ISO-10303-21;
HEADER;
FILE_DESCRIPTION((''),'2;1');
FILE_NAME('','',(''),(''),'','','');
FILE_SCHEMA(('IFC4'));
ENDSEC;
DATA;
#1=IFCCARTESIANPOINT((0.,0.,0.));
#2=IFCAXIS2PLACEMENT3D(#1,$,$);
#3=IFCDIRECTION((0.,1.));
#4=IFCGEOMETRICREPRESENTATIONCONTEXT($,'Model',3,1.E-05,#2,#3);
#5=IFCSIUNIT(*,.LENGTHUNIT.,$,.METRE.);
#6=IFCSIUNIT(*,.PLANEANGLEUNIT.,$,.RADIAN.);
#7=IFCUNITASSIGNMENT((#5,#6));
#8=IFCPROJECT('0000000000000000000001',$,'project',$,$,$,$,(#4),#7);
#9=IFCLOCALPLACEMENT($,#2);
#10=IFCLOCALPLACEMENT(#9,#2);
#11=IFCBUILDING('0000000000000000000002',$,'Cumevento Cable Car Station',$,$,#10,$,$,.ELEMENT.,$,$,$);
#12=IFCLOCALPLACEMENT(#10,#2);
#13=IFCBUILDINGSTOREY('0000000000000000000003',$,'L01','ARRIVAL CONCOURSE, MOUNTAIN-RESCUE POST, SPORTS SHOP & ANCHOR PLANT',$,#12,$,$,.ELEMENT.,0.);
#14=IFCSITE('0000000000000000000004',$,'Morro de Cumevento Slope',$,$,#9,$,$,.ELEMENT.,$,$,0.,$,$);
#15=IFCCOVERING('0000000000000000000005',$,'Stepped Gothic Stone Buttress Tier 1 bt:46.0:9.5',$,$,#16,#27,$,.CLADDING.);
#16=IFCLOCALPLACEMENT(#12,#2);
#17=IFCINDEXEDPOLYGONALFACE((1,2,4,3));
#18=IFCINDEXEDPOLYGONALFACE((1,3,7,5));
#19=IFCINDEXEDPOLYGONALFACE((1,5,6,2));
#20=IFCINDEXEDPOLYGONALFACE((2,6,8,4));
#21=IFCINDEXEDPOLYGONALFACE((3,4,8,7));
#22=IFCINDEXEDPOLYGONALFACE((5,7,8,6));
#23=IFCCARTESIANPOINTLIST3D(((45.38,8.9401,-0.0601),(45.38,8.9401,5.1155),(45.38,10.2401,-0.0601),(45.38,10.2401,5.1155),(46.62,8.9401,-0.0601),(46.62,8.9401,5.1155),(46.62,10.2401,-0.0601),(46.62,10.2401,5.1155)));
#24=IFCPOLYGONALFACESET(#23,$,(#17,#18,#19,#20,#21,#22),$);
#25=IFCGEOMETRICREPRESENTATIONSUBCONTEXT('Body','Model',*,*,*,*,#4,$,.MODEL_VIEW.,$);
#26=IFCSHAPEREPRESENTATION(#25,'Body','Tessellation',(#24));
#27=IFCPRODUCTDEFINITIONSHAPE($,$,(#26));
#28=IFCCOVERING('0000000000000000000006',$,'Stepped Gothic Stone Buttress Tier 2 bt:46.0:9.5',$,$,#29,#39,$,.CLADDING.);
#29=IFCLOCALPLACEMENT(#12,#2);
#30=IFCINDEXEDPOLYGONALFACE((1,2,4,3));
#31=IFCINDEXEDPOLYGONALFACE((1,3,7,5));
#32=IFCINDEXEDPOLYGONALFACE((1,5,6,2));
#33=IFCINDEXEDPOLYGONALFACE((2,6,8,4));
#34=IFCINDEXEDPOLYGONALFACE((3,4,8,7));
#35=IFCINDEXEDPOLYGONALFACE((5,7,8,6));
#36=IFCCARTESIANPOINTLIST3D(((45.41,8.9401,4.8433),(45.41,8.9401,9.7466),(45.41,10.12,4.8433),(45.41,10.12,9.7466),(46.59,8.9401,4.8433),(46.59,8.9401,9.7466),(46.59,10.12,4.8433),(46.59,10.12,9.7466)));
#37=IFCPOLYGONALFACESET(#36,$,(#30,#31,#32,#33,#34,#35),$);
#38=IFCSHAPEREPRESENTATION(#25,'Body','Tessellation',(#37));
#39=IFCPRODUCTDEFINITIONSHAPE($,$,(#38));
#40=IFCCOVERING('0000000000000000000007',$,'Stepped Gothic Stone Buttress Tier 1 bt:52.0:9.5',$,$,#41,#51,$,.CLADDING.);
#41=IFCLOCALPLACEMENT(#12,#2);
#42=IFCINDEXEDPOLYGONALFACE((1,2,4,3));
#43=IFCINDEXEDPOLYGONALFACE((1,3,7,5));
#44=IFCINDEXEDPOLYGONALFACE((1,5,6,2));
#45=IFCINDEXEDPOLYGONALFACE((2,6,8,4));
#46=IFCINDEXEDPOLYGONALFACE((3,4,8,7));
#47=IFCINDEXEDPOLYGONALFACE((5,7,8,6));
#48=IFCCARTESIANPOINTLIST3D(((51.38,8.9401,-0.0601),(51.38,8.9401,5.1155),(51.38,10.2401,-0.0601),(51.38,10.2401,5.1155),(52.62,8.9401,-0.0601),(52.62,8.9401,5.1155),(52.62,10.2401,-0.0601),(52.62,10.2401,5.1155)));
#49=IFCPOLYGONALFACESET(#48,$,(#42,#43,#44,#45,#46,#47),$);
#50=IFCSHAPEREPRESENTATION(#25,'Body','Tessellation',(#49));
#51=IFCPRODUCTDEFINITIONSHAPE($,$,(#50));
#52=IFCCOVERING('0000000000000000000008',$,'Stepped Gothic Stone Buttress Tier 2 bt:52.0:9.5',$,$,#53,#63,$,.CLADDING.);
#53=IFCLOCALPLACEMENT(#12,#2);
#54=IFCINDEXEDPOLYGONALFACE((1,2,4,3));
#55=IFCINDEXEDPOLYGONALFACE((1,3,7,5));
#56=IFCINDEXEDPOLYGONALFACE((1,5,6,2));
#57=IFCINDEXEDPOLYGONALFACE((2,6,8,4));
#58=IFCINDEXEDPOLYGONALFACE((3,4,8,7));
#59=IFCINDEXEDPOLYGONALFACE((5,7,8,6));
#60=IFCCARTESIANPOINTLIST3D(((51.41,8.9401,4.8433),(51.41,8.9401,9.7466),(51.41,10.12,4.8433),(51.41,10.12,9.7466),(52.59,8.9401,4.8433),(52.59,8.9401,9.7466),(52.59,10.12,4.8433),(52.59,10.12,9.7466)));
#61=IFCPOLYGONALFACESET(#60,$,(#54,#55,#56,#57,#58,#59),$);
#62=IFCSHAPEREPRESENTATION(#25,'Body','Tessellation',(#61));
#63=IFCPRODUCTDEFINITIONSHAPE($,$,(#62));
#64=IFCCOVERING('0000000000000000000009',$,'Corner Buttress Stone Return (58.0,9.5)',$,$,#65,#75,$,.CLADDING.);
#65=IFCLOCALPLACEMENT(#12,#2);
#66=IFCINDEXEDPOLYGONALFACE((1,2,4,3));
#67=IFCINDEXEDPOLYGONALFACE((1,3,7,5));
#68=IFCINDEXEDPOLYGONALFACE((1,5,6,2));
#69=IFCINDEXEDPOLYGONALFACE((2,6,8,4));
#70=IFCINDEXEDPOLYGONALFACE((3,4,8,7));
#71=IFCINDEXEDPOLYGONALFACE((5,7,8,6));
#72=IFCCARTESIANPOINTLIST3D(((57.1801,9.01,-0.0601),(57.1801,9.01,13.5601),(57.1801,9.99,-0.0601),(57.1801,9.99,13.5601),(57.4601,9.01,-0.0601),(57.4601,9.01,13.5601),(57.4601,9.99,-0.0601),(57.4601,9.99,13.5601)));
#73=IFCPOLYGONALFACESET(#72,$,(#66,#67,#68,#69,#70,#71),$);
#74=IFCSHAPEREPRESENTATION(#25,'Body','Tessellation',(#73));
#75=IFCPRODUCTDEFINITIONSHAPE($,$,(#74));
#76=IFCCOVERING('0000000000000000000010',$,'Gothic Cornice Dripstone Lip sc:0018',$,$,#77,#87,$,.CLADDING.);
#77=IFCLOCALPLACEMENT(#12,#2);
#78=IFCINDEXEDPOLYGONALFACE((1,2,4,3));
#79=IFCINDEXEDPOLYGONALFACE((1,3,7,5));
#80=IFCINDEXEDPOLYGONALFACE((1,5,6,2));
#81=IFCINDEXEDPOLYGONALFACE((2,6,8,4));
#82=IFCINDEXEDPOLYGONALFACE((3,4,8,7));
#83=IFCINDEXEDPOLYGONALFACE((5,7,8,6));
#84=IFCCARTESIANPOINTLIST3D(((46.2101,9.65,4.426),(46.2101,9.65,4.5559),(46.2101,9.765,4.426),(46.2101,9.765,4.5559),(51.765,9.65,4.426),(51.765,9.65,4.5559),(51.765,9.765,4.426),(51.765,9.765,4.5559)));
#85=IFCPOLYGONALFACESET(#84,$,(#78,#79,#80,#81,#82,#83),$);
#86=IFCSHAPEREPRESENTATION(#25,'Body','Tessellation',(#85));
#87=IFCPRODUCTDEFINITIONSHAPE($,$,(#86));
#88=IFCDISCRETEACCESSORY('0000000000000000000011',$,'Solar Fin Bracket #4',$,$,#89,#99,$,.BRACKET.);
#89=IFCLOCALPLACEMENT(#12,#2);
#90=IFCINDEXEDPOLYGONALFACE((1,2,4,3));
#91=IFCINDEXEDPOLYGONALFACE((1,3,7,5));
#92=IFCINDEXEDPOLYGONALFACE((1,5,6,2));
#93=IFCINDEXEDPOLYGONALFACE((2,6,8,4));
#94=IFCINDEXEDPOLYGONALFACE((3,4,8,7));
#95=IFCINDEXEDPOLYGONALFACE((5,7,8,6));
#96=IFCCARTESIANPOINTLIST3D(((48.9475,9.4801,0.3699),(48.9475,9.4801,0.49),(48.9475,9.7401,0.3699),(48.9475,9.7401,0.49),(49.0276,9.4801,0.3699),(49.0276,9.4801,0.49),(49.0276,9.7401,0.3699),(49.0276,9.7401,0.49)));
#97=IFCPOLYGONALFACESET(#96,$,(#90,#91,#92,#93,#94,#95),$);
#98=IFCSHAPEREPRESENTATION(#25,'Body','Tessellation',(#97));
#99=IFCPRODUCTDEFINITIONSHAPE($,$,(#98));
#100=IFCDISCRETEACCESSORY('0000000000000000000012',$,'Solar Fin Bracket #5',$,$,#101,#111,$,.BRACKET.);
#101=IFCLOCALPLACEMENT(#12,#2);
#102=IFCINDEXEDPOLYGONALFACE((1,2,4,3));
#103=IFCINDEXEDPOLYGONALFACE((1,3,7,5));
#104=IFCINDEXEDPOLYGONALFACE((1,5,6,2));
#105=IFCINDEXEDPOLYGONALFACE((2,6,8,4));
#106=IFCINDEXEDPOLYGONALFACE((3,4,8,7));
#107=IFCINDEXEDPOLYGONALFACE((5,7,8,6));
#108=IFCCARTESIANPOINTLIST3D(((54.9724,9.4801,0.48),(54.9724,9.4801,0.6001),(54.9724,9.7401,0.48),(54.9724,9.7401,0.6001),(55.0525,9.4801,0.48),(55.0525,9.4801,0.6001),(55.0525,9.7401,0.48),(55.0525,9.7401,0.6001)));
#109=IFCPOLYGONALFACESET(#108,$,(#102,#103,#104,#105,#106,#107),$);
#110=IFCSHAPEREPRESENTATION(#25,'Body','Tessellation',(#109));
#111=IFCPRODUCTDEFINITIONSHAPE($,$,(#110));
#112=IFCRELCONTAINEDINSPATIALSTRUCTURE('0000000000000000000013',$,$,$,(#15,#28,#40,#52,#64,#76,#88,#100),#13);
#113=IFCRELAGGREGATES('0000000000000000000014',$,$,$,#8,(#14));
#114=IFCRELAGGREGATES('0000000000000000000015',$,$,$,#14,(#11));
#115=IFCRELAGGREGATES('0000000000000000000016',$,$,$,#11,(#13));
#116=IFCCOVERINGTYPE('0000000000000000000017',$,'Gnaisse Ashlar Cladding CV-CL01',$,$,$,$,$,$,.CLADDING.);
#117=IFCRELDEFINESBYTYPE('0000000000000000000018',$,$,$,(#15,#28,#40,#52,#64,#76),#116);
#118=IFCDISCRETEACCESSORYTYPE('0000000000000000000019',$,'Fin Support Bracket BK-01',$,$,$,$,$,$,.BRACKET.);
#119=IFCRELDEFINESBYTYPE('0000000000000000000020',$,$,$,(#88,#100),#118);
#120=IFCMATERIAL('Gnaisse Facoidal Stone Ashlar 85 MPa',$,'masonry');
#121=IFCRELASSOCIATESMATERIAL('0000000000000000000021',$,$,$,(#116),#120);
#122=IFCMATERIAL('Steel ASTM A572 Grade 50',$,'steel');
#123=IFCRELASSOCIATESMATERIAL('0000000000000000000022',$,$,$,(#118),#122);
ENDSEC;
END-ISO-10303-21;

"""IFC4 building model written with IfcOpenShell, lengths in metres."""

from ifc_helpers import new_model, si_unit, direction, frame, origin, origin_2d, place, context, subcontext, project, spatial, rectangle, extrude, material, type_object, element, save


model = new_model("IFC4")

# Units and contexts
model_context = context("Model", 3, precision=1e-05, world=origin(), true_north=direction((0.0, 1.0)))
body_context = subcontext(model_context, "Body", "Model", "MODEL_VIEW")
ifc_project = project(units=[si_unit("LENGTHUNIT", "METRE"), si_unit("PLANEANGLEUNIT", "RADIAN")], contexts=[model_context])

# Site, building, storey
site_placement = place(None, origin())
site = spatial("IfcSite", under=ifc_project, at=site_placement, Name="Morro de Cumevento Slope", CompositionType="ELEMENT", RefElevation=0.0)
building_placement = place(site_placement, origin())
building = spatial("IfcBuilding", under=site, at=building_placement, Name="Cumevento Cable Car Station", CompositionType="ELEMENT")
storey_placement = place(building_placement, origin())
storey = spatial("IfcBuildingStorey", under=building, at=storey_placement, Name="L01", Description="ARRIVAL CONCOURSE, MOUNTAIN-RESCUE POST, SPORTS SHOP & ANCHOR PLANT", CompositionType="ELEMENT", Elevation=0.0)

# Coverings
ifc_material_1 = material(Name="Gnaisse Facoidal Stone Ashlar 85 MPa", Category="masonry")
covering_type = type_object("IfcCoveringType", Name="Gnaisse Ashlar Cladding CV-CL01", PredefinedType="CLADDING", material=ifc_material_1)
covering_1_placement = place(storey_placement, frame((46.0, 9.5901, -0.0601), z_axis=(0.0, 0.0, 1.0), x_axis=(-1.0, 0.0, 0.0)))
element("IfcCovering", 1, at=covering_1_placement, inside=storey, type_object=covering_type, Name="Stepped Gothic Stone Buttress Tier 1 bt:46.0:9.5", PredefinedType="CLADDING", context=body_context, shape_type="SweptSolid", body=[
    extrude(rectangle(XDim=1.24, YDim=1.3, at=origin_2d()), origin(), (0.0, 0.0, 1.0), 5.1755),
])
covering_2_placement = place(storey_placement, frame((46.0, 9.53, 4.8433), z_axis=(0.0, 0.0, 1.0), x_axis=(-1.0, 0.0, 0.0)))
element("IfcCovering", 2, at=covering_2_placement, inside=storey, type_object=covering_type, Name="Stepped Gothic Stone Buttress Tier 2 bt:46.0:9.5", PredefinedType="CLADDING", context=body_context, shape_type="SweptSolid", body=[
    extrude(rectangle(XDim=1.1799, YDim=1.1799, at=origin_2d()), origin(), (0.0, 0.0, 1.0), 4.9033),
])
covering_3_placement = place(storey_placement, frame((52.0, 9.5901, -0.0601), z_axis=(0.0, 0.0, 1.0), x_axis=(-1.0, 0.0, 0.0)))
element("IfcCovering", 3, at=covering_3_placement, inside=storey, type_object=covering_type, Name="Stepped Gothic Stone Buttress Tier 1 bt:52.0:9.5", PredefinedType="CLADDING", context=body_context, shape_type="SweptSolid", body=[
    extrude(rectangle(XDim=1.24, YDim=1.3, at=origin_2d()), origin(), (0.0, 0.0, 1.0), 5.1755),
])
covering_4_placement = place(storey_placement, frame((52.0, 9.53, 4.8433), z_axis=(0.0, 0.0, 1.0), x_axis=(-1.0, 0.0, 0.0)))
element("IfcCovering", 4, at=covering_4_placement, inside=storey, type_object=covering_type, Name="Stepped Gothic Stone Buttress Tier 2 bt:52.0:9.5", PredefinedType="CLADDING", context=body_context, shape_type="SweptSolid", body=[
    extrude(rectangle(XDim=1.1799, YDim=1.1799, at=origin_2d()), origin(), (0.0, 0.0, 1.0), 4.9033),
])
covering_5_placement = place(storey_placement, frame((57.3201, 9.5, -0.0601), z_axis=(0.0, 0.0, 1.0), x_axis=(1.0, 0.0, 0.0)))
element("IfcCovering", 5, at=covering_5_placement, inside=storey, type_object=covering_type, Name="Corner Buttress Stone Return (58.0,9.5)", PredefinedType="CLADDING", context=body_context, shape_type="SweptSolid", body=[
    extrude(rectangle(XDim=0.28, YDim=0.98, at=origin_2d()), origin(), (0.0, 0.0, 1.0), 13.6201),
])
covering_6_placement = place(storey_placement, frame((48.9875, 9.7075, 4.426), z_axis=(0.0, 0.0, 1.0), x_axis=(1.0, 0.0, 0.0)))
element("IfcCovering", 6, at=covering_6_placement, inside=storey, type_object=covering_type, Name="Gothic Cornice Dripstone Lip sc:0018", PredefinedType="CLADDING", context=body_context, shape_type="SweptSolid", body=[
    extrude(rectangle(XDim=5.5549, YDim=0.115, at=origin_2d()), origin(), (0.0, 0.0, 1.0), 0.1299),
])

# Discrete accessories
ifc_material_2 = material(Name="Steel ASTM A572 Grade 50", Category="steel")
discrete_accessory_type = type_object("IfcDiscreteAccessoryType", Name="Fin Support Bracket BK-01", PredefinedType="BRACKET", material=ifc_material_2)
for number, where, z_axis, x_axis, name in (
    (7, (48.9875, 9.6101, 0.3699), (0.0, 0.0, 1.0), (1.0, 0.0, 0.0), "Solar Fin Bracket #4"),
    (8, (55.0125, 9.6101, 0.48), (0.0, 0.0, 1.0), (1.0, 0.0, 0.0), "Solar Fin Bracket #5"),
):
    element("IfcDiscreteAccessory", number, at=place(storey_placement, frame(where, z_axis=z_axis, x_axis=x_axis)), inside=storey, type_object=discrete_accessory_type, Name=name, PredefinedType="BRACKET", context=body_context, shape_type="SweptSolid", body=[
        extrude(rectangle(XDim=0.0801, YDim=0.26, at=origin_2d()), origin(), (0.0, 0.0, 1.0), 0.1201),
    ])

save(model, "model.ifc")
